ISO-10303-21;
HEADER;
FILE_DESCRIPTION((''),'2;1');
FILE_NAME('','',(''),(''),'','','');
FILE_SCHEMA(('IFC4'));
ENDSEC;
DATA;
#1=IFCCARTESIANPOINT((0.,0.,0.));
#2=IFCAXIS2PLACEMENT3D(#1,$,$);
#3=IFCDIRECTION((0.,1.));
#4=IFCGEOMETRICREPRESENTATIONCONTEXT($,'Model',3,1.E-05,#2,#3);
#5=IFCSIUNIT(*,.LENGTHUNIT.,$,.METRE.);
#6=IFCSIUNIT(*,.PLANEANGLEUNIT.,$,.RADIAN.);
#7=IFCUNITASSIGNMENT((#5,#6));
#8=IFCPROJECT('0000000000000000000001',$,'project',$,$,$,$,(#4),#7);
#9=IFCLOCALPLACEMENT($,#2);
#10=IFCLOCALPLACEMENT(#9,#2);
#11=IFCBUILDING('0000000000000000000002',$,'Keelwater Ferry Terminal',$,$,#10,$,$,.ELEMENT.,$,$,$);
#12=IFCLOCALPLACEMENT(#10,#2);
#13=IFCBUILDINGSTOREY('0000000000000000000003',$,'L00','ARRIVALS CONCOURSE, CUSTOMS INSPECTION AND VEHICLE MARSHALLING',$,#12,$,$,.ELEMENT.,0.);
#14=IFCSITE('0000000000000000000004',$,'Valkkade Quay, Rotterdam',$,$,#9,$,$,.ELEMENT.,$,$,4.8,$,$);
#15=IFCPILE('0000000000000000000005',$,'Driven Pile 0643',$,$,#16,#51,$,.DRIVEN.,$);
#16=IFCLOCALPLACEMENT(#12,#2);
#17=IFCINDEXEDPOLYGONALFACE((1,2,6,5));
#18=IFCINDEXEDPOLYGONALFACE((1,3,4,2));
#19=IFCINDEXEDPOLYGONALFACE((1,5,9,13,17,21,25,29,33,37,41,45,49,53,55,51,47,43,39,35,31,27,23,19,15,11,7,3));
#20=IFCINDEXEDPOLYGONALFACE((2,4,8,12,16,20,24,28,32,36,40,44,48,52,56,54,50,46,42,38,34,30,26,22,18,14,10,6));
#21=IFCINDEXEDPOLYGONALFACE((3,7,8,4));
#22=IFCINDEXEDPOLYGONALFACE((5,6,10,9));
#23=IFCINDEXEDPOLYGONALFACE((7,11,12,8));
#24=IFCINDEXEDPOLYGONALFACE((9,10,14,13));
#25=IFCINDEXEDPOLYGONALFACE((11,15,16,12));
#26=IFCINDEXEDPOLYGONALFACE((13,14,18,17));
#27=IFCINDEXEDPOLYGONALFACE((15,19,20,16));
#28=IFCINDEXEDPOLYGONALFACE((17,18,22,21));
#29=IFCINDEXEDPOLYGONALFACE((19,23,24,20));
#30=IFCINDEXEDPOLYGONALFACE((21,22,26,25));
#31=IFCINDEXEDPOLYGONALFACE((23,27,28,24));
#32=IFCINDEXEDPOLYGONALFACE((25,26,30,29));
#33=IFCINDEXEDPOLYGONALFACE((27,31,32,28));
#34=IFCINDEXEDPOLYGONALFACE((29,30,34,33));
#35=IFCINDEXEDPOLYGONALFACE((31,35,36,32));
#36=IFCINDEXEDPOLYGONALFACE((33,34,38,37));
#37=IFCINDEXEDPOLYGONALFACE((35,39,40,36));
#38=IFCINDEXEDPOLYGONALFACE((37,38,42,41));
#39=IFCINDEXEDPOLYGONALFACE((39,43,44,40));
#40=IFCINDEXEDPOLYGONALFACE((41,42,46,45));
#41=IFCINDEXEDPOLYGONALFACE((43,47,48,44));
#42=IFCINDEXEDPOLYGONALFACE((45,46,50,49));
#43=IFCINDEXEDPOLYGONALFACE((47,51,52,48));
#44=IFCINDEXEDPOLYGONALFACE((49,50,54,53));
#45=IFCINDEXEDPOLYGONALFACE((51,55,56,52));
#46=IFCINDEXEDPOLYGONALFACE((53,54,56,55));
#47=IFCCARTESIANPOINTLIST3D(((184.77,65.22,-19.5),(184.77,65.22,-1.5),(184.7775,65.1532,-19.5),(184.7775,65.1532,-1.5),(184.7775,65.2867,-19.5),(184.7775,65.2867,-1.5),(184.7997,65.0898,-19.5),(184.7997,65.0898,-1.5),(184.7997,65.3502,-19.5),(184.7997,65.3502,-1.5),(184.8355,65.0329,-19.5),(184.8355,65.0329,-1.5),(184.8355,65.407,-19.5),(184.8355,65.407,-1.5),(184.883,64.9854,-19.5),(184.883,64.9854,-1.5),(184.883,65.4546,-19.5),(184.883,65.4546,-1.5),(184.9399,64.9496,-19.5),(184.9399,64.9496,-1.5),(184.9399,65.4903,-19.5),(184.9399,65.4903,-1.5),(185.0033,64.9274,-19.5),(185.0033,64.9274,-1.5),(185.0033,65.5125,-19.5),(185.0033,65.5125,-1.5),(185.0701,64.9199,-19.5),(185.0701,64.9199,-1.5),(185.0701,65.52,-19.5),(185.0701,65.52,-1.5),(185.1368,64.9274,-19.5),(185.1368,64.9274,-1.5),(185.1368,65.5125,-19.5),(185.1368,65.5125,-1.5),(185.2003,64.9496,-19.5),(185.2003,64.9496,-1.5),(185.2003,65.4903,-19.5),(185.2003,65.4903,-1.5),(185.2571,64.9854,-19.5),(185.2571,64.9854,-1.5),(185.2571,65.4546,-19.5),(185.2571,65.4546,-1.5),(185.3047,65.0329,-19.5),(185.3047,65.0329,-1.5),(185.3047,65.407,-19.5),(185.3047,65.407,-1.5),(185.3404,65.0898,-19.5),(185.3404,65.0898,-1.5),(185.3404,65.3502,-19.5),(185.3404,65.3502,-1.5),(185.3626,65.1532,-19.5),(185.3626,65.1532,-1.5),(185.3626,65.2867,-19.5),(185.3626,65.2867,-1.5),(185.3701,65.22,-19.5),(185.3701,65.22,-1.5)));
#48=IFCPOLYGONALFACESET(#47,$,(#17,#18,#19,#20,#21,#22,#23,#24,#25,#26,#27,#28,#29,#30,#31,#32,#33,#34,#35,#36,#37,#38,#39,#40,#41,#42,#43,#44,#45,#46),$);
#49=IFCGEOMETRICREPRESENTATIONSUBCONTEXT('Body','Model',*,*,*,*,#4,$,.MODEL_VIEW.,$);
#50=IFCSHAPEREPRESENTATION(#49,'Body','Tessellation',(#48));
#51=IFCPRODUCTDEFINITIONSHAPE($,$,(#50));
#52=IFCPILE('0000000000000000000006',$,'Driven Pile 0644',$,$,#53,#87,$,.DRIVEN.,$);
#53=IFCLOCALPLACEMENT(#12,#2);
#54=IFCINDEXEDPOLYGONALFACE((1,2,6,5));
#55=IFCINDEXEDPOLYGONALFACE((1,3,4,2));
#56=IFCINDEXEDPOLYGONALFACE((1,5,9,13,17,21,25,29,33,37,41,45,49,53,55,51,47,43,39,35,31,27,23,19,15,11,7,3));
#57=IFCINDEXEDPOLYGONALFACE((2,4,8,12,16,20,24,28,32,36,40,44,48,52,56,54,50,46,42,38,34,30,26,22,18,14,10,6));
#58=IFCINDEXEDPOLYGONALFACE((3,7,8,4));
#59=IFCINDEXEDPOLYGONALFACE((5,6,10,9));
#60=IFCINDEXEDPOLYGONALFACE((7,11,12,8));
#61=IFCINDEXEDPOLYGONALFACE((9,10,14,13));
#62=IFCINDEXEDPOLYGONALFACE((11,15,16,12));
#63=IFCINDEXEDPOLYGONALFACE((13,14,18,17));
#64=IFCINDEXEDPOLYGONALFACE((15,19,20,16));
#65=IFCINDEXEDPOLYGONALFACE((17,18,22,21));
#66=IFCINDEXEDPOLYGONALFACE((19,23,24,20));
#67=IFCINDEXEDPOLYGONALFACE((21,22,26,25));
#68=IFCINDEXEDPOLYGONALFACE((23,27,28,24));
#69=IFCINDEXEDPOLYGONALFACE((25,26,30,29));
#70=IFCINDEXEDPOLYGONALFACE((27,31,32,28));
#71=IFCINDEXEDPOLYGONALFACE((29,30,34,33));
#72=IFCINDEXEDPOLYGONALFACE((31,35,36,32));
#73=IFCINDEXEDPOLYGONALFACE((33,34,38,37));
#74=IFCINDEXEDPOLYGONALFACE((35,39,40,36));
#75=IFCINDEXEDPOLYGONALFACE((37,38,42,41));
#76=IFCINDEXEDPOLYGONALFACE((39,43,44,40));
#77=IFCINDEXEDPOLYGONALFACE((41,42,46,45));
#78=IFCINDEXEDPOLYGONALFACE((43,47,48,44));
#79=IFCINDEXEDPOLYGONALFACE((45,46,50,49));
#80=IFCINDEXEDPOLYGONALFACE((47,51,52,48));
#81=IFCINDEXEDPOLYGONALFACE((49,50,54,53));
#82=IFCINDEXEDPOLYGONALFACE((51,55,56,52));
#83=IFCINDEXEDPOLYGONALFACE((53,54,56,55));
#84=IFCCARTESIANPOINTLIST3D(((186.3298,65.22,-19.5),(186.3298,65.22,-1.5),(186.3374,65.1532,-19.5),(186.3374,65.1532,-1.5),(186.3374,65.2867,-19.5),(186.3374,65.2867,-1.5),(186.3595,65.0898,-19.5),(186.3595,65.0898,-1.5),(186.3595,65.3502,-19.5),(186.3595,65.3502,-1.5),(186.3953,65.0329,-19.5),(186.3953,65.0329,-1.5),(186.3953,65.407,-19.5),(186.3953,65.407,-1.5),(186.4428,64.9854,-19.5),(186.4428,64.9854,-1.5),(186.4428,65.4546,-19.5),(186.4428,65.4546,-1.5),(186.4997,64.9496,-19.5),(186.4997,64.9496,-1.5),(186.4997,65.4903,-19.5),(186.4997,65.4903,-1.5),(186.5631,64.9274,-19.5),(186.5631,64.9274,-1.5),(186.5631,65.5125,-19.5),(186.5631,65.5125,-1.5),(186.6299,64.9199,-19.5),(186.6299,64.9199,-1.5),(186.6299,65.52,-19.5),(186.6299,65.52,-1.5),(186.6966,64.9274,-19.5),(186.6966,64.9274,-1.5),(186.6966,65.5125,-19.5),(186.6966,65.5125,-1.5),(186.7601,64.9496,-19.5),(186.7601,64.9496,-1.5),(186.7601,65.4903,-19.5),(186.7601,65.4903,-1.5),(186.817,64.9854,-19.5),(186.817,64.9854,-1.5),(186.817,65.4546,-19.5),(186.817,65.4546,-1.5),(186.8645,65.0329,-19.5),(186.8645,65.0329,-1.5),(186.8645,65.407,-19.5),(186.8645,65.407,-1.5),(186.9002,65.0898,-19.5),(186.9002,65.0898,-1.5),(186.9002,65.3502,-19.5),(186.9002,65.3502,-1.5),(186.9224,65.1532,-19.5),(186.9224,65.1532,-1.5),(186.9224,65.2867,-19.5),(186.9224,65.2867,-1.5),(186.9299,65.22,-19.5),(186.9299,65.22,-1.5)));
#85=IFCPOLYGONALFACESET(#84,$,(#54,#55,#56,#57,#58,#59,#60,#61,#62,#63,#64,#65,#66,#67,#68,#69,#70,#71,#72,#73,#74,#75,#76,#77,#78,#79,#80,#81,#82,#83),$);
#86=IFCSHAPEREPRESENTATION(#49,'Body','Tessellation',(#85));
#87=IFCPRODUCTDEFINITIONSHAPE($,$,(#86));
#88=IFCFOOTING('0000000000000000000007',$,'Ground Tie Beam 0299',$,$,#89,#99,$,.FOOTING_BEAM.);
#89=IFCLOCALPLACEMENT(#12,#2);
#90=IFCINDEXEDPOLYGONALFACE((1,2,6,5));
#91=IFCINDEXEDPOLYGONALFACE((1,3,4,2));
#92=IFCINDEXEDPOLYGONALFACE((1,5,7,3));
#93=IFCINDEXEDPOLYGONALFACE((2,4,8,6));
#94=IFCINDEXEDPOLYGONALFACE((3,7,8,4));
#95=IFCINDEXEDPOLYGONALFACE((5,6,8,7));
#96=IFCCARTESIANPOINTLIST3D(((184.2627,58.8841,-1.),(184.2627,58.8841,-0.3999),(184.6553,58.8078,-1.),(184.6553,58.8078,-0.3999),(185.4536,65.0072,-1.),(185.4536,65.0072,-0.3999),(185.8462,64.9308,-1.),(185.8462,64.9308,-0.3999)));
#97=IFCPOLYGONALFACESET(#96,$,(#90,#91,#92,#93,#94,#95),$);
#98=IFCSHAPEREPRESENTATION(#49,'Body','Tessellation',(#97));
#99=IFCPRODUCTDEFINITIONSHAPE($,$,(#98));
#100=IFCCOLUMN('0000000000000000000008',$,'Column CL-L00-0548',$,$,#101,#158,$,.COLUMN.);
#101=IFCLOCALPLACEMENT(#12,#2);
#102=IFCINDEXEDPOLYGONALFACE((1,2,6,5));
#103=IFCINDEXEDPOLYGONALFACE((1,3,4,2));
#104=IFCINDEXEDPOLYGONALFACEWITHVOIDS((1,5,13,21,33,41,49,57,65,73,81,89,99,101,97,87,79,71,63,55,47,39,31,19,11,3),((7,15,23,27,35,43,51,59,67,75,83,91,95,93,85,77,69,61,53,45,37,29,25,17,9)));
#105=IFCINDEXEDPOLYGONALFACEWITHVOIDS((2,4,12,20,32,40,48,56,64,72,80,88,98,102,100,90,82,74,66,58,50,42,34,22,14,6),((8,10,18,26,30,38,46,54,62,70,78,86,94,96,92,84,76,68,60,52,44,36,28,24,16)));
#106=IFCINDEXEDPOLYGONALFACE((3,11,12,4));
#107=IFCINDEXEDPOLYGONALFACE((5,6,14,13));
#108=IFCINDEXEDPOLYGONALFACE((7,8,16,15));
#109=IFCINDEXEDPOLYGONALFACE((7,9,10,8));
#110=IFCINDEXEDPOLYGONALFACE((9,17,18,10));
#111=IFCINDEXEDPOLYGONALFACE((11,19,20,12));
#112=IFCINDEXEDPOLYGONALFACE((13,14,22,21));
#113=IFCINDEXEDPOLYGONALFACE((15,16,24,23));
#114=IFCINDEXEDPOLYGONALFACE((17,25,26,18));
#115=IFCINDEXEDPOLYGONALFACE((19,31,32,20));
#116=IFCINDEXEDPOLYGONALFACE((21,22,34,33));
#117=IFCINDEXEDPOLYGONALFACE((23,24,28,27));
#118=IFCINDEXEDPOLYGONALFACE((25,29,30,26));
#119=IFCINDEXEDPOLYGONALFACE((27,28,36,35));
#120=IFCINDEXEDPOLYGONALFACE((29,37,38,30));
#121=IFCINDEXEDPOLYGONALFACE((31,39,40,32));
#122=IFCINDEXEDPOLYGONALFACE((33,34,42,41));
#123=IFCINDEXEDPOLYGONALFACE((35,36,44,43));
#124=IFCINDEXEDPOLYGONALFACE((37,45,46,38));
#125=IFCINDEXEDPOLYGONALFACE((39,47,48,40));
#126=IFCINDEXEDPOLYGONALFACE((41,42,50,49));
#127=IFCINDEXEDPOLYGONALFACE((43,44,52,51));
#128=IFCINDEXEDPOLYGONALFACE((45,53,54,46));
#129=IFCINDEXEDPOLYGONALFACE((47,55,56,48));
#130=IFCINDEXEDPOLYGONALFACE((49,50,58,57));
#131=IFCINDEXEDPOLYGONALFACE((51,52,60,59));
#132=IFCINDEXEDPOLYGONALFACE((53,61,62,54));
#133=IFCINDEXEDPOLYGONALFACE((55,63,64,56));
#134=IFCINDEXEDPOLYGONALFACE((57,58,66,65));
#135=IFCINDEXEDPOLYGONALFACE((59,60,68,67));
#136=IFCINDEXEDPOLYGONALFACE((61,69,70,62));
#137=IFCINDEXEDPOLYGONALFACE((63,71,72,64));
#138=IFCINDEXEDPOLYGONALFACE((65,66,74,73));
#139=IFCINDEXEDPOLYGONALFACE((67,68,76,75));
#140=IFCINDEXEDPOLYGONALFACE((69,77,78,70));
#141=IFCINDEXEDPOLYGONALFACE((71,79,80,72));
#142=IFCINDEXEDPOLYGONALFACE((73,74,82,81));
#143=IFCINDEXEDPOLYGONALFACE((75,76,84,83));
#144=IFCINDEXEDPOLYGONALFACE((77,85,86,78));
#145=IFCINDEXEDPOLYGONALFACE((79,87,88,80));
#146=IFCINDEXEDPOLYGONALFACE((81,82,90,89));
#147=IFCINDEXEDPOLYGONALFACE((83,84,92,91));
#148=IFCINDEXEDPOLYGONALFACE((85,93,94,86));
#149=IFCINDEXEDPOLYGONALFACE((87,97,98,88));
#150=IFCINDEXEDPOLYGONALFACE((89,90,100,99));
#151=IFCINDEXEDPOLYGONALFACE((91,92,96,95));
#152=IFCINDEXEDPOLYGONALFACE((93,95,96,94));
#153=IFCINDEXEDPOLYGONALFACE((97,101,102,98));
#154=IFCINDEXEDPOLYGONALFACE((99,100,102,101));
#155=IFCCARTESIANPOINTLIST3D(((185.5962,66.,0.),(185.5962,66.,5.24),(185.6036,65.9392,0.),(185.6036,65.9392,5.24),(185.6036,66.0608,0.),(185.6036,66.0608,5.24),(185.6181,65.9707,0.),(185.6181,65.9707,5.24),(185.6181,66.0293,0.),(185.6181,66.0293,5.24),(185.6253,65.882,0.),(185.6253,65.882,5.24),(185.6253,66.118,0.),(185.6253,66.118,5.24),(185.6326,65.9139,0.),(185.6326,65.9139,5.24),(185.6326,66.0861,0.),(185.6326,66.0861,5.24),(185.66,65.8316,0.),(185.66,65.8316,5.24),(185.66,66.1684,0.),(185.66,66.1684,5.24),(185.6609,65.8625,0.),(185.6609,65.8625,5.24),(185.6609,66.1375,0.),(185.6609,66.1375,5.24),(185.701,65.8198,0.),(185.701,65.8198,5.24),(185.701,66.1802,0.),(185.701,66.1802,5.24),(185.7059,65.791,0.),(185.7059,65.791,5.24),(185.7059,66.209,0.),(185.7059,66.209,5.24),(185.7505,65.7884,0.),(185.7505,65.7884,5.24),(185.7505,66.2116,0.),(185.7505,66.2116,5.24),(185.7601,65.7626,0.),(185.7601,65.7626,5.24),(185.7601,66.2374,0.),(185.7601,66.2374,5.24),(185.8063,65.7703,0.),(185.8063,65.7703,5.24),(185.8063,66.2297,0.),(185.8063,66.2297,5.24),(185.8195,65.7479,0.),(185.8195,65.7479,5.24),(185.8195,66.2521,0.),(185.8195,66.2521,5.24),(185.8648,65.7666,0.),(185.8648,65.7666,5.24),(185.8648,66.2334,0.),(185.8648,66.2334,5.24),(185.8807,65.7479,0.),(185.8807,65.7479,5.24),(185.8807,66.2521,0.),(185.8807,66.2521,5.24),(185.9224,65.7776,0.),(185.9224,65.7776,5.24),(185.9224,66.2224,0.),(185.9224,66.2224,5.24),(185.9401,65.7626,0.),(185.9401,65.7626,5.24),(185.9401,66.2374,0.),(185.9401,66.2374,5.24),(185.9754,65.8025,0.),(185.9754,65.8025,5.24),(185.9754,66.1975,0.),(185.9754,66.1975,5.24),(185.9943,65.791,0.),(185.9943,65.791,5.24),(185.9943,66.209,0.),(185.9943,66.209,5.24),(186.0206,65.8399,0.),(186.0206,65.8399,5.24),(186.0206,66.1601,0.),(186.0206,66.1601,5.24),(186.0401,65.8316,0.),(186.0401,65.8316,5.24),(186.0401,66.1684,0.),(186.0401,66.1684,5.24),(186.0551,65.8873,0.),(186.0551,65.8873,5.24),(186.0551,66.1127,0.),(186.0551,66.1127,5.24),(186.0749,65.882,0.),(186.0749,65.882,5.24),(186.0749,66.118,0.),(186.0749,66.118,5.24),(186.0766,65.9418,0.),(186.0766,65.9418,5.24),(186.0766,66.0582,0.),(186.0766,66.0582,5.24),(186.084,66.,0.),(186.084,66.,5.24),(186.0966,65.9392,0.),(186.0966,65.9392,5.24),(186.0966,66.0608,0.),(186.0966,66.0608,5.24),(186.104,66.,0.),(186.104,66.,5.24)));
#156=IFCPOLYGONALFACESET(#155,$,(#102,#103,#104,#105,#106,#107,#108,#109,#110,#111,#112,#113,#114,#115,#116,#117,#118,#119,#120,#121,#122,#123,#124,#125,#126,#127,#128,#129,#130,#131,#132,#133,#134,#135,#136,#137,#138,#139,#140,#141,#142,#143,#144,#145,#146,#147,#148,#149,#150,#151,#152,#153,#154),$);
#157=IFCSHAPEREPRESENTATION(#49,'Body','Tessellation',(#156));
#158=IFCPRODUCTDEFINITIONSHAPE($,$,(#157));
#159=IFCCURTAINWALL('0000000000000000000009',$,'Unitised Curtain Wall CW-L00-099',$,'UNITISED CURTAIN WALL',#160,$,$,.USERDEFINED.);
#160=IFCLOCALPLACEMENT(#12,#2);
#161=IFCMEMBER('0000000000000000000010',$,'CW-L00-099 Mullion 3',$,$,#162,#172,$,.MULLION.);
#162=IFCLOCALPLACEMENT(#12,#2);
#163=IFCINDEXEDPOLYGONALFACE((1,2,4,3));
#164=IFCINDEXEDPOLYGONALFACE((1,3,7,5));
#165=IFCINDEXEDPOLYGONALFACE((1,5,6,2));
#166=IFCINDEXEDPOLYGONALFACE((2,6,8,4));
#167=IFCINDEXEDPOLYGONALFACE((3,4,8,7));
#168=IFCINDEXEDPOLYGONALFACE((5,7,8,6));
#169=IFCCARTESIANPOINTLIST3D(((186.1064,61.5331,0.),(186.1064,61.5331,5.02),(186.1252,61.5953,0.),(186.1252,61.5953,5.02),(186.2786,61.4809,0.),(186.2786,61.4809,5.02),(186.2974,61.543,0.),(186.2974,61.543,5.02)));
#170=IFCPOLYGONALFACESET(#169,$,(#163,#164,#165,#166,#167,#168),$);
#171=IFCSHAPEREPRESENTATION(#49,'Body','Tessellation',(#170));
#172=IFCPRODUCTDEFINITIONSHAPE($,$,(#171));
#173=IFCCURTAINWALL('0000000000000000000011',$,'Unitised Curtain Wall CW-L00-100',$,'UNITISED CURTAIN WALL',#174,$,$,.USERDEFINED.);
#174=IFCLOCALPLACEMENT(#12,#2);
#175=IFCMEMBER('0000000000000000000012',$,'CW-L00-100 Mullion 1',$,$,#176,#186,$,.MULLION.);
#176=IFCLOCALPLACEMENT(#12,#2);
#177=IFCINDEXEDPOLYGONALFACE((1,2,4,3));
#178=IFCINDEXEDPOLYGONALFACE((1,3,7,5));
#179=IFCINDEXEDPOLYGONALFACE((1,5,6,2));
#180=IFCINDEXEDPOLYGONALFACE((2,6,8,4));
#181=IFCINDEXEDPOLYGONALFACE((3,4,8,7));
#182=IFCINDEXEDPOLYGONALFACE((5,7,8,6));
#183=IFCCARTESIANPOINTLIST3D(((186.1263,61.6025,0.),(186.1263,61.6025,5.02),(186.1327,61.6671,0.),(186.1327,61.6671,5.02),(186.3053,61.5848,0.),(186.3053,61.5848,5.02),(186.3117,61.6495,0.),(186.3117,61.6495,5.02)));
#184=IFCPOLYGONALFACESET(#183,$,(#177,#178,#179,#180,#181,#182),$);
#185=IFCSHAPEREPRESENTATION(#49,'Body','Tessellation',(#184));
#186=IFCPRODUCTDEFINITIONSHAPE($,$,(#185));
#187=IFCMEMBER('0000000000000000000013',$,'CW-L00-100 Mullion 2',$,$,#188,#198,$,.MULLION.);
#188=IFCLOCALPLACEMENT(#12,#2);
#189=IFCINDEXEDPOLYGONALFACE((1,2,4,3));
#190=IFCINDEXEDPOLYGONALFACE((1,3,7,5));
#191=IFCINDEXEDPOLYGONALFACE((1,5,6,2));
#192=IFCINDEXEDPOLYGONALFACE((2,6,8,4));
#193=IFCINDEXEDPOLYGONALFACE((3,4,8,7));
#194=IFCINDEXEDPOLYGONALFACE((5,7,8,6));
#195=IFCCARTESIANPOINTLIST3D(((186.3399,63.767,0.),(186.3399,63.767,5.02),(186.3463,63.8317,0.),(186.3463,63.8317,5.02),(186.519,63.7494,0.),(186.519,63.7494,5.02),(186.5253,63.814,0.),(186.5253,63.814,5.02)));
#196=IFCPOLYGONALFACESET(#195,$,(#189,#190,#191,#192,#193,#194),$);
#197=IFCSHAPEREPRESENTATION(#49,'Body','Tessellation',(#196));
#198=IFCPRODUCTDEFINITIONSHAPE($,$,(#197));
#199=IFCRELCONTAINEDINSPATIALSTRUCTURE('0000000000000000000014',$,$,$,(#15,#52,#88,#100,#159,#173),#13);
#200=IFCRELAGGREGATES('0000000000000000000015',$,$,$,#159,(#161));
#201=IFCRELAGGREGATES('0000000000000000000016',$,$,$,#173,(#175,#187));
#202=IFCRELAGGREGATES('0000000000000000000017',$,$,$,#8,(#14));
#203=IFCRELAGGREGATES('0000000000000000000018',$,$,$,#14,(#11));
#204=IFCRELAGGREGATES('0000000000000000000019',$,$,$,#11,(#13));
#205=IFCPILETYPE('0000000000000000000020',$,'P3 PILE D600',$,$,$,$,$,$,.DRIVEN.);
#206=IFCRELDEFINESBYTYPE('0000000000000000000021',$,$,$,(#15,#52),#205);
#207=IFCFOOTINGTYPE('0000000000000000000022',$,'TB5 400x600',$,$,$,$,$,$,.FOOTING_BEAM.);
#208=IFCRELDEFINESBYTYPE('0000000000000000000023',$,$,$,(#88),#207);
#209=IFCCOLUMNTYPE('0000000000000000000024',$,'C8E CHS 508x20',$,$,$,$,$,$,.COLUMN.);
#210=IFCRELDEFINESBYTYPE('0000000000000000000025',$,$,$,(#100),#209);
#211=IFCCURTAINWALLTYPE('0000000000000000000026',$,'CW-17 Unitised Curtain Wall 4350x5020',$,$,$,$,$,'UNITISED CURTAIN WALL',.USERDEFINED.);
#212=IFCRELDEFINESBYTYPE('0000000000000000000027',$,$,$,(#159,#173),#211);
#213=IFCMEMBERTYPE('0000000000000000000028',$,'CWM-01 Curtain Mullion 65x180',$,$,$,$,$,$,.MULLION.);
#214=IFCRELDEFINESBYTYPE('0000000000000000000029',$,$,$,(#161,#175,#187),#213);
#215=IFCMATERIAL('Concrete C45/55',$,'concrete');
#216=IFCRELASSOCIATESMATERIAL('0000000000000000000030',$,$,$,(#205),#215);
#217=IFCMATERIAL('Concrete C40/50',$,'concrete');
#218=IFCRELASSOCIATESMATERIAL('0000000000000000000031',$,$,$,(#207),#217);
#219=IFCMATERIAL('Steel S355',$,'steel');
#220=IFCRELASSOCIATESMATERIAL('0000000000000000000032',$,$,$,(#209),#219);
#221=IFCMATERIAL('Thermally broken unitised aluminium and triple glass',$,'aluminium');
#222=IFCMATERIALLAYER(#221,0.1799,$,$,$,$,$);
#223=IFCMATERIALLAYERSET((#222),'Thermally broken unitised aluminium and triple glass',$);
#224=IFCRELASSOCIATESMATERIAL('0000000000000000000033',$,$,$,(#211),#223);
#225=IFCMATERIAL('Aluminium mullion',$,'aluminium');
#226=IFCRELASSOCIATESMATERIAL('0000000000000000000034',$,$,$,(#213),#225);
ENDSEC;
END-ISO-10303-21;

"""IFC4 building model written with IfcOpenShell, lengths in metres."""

from ifc_helpers import new_model, si_unit, direction, frame, origin, origin_2d, place, context, subcontext, project, spatial, rectangle, circle, hollow_circle, extrude, material, layer, layer_set, material_profile, profile_set, type_object, element, aggregate, save


model = new_model("IFC4")

# Units and contexts
model_context = context("Model", 3, precision=1e-05, world=origin(), true_north=direction((0.0, 1.0)))
body_context = subcontext(model_context, "Body", "Model", "MODEL_VIEW")
ifc_project = project(units=[si_unit("LENGTHUNIT", "METRE"), si_unit("PLANEANGLEUNIT", "RADIAN")], contexts=[model_context])

# Site, building, storey
site_placement = place(None, origin())
site = spatial("IfcSite", under=ifc_project, at=site_placement, Name="Valkkade Quay, Rotterdam", CompositionType="ELEMENT", RefElevation=4.8)
building_placement = place(site_placement, origin())
building = spatial("IfcBuilding", under=site, at=building_placement, Name="Keelwater Ferry Terminal", CompositionType="ELEMENT")
storey_placement = place(building_placement, origin())
storey = spatial("IfcBuildingStorey", under=building, at=storey_placement, Name="L00", Description="ARRIVALS CONCOURSE, CUSTOMS INSPECTION AND VEHICLE MARSHALLING", CompositionType="ELEMENT", Elevation=0.0)

# Piles
ifc_material_1 = material(Name="Concrete C45/55", Category="concrete")
ifc_material_profile_1 = material_profile(ifc_material_1, circle(Radius=0.3, at=origin_2d()), Name="PILE D600")
ifc_profile_set_1 = profile_set([ifc_material_profile_1], Name="Concrete C45/55")
pile_type = type_object("IfcPileType", Name="P3 PILE D600", PredefinedType="DRIVEN", material=ifc_profile_set_1)
for number, where, z_axis, x_axis, name in (
    (1, (185.0701, 65.22, -1.5), (0.0, 0.0, -1.0), (1.0, 0.0, 0.0), "Driven Pile 0643"),
    (2, (186.6299, 65.22, -1.5), (0.0, 0.0, -1.0), (1.0, 0.0, 0.0), "Driven Pile 0644"),
):
    element("IfcPile", number, at=place(storey_placement, frame(where, z_axis=z_axis, x_axis=x_axis)), inside=storey, type_object=pile_type, Name=name, PredefinedType="DRIVEN", context=body_context, shape_type="SweptSolid", body=[
        extrude(circle(Radius=0.3, at=origin_2d()), origin(), (0.0, 0.0, 1.0), 18.0),
    ])

# Footing
ifc_material_2 = material(Name="Concrete C40/50", Category="concrete")
ifc_material_profile_2 = material_profile(ifc_material_2, rectangle(XDim=0.3999, YDim=0.6001, at=origin_2d()), Name="TB 400x600")
ifc_profile_set_2 = profile_set([ifc_material_profile_2], Name="Concrete C40/50")
footing_type = type_object("IfcFootingType", Name="TB5 400x600", PredefinedType="FOOTING_BEAM", material=ifc_profile_set_2)
footing_placement = place(storey_placement, frame((185.6499, 64.969, -0.7), z_axis=(-0.19092, -0.981606, 0.0), x_axis=(0.981606, -0.19092, 0.0)))
element("IfcFooting", 3, at=footing_placement, inside=storey, type_object=footing_type, Name="Ground Tie Beam 0299", PredefinedType="FOOTING_BEAM", context=body_context, shape_type="SweptSolid", body=[
    extrude(rectangle(XDim=0.3999, YDim=0.6001, at=origin_2d()), origin(), (0.0, 0.0, 1.0), 6.2378),
])

# Column
ifc_material_3 = material(Name="Steel S355", Category="steel")
ifc_material_profile_3 = material_profile(ifc_material_3, hollow_circle(Radius=0.2539, WallThickness=0.02, at=origin_2d()), Name="CHS 508x20")
ifc_profile_set_3 = profile_set([ifc_material_profile_3], Name="Steel S355")
column_type = type_object("IfcColumnType", Name="C8E CHS 508x20", PredefinedType="COLUMN", material=ifc_profile_set_3)
column_placement = place(storey_placement, frame((185.8501, 66.0, 0.0), z_axis=(0.0, 0.0, 1.0), x_axis=(1.0, 0.0, 0.0)))
element("IfcColumn", 4, at=column_placement, inside=storey, type_object=column_type, Name="Column CL-L00-0548", PredefinedType="COLUMN", context=body_context, shape_type="SweptSolid", body=[
    extrude(hollow_circle(Radius=0.2539, WallThickness=0.02, at=origin_2d()), origin(), (0.0, 0.0, 1.0), 5.24),
])

# Curtain wall, member
ifc_material_4 = material(Name="Thermally broken unitised aluminium and triple glass", Category="aluminium")
ifc_layer_1 = layer(ifc_material_4, 0.1799)
ifc_layer_set_1 = layer_set([ifc_layer_1], Name="Thermally broken unitised aluminium and triple glass")
curtain_wall_type = type_object("IfcCurtainWallType", Name="CW-17 Unitised Curtain Wall 4350x5020", ElementType="UNITISED CURTAIN WALL", PredefinedType="USERDEFINED", material=ifc_layer_set_1)
curtain_wall_1_placement = place(storey_placement, origin())
curtain_wall_1 = element("IfcCurtainWall", 5, at=curtain_wall_1_placement, inside=storey, type_object=curtain_wall_type, Name="Unitised Curtain Wall CW-L00-099", ObjectType="UNITISED CURTAIN WALL", PredefinedType="USERDEFINED")
ifc_material_5 = material(Name="Aluminium mullion", Category="aluminium")
ifc_material_profile_4 = material_profile(ifc_material_5, rectangle(XDim=0.0649, YDim=0.1799, at=origin_2d()), Name="CWM-01")
ifc_profile_set_4 = profile_set([ifc_material_profile_4], Name="Aluminium mullion")
member_type_1 = type_object("IfcMemberType", Name="CWM-01 Curtain Mullion 65x180", PredefinedType="MULLION", material=ifc_profile_set_4)
member_1_placement = place(storey_placement, frame((186.2019, 61.5381, 0.0), z_axis=(0.0, 0.0, 1.0), x_axis=(0.29032, 0.95693, 0.0)))
member_1 = element("IfcMember", 6, at=member_1_placement, type_object=member_type_1, Name="CW-L00-099 Mullion 3", PredefinedType="MULLION", context=body_context, shape_type="SweptSolid", body=[
    extrude(rectangle(XDim=0.0649, YDim=0.1799, at=origin_2d()), origin(), (0.0, 0.0, 1.0), 5.02),
])

# Curtain wall, members
curtain_wall_2_placement = place(storey_placement, origin())
curtain_wall_2 = element("IfcCurtainWall", 7, at=curtain_wall_2_placement, inside=storey, type_object=curtain_wall_type, Name="Unitised Curtain Wall CW-L00-100", ObjectType="UNITISED CURTAIN WALL", PredefinedType="USERDEFINED")
member_2_placement = place(storey_placement, frame((186.219, 61.626, 0.0), z_axis=(0.0, 0.0, 1.0), x_axis=(0.098161, 0.995171, 0.0)))
member_2 = element("IfcMember", 8, at=member_2_placement, type_object=member_type_1, Name="CW-L00-100 Mullion 1", PredefinedType="MULLION", context=body_context, shape_type="SweptSolid", body=[
    extrude(rectangle(XDim=0.0649, YDim=0.1799, at=origin_2d()), origin(), (0.0, 0.0, 1.0), 5.02),
])
member_3_placement = place(storey_placement, frame((186.4326, 63.7905, 0.0), z_axis=(0.0, 0.0, 1.0), x_axis=(0.098161, 0.995171, 0.0)))
member_3 = element("IfcMember", 9, at=member_3_placement, type_object=member_type_1, Name="CW-L00-100 Mullion 2", PredefinedType="MULLION", context=body_context, shape_type="SweptSolid", body=[
    extrude(rectangle(XDim=0.0649, YDim=0.1799, at=origin_2d()), origin(), (0.0, 0.0, 1.0), 5.02),
])

aggregate(curtain_wall_1, [member_1])
aggregate(curtain_wall_2, [member_2, member_3])

save(model, "model.ifc")
